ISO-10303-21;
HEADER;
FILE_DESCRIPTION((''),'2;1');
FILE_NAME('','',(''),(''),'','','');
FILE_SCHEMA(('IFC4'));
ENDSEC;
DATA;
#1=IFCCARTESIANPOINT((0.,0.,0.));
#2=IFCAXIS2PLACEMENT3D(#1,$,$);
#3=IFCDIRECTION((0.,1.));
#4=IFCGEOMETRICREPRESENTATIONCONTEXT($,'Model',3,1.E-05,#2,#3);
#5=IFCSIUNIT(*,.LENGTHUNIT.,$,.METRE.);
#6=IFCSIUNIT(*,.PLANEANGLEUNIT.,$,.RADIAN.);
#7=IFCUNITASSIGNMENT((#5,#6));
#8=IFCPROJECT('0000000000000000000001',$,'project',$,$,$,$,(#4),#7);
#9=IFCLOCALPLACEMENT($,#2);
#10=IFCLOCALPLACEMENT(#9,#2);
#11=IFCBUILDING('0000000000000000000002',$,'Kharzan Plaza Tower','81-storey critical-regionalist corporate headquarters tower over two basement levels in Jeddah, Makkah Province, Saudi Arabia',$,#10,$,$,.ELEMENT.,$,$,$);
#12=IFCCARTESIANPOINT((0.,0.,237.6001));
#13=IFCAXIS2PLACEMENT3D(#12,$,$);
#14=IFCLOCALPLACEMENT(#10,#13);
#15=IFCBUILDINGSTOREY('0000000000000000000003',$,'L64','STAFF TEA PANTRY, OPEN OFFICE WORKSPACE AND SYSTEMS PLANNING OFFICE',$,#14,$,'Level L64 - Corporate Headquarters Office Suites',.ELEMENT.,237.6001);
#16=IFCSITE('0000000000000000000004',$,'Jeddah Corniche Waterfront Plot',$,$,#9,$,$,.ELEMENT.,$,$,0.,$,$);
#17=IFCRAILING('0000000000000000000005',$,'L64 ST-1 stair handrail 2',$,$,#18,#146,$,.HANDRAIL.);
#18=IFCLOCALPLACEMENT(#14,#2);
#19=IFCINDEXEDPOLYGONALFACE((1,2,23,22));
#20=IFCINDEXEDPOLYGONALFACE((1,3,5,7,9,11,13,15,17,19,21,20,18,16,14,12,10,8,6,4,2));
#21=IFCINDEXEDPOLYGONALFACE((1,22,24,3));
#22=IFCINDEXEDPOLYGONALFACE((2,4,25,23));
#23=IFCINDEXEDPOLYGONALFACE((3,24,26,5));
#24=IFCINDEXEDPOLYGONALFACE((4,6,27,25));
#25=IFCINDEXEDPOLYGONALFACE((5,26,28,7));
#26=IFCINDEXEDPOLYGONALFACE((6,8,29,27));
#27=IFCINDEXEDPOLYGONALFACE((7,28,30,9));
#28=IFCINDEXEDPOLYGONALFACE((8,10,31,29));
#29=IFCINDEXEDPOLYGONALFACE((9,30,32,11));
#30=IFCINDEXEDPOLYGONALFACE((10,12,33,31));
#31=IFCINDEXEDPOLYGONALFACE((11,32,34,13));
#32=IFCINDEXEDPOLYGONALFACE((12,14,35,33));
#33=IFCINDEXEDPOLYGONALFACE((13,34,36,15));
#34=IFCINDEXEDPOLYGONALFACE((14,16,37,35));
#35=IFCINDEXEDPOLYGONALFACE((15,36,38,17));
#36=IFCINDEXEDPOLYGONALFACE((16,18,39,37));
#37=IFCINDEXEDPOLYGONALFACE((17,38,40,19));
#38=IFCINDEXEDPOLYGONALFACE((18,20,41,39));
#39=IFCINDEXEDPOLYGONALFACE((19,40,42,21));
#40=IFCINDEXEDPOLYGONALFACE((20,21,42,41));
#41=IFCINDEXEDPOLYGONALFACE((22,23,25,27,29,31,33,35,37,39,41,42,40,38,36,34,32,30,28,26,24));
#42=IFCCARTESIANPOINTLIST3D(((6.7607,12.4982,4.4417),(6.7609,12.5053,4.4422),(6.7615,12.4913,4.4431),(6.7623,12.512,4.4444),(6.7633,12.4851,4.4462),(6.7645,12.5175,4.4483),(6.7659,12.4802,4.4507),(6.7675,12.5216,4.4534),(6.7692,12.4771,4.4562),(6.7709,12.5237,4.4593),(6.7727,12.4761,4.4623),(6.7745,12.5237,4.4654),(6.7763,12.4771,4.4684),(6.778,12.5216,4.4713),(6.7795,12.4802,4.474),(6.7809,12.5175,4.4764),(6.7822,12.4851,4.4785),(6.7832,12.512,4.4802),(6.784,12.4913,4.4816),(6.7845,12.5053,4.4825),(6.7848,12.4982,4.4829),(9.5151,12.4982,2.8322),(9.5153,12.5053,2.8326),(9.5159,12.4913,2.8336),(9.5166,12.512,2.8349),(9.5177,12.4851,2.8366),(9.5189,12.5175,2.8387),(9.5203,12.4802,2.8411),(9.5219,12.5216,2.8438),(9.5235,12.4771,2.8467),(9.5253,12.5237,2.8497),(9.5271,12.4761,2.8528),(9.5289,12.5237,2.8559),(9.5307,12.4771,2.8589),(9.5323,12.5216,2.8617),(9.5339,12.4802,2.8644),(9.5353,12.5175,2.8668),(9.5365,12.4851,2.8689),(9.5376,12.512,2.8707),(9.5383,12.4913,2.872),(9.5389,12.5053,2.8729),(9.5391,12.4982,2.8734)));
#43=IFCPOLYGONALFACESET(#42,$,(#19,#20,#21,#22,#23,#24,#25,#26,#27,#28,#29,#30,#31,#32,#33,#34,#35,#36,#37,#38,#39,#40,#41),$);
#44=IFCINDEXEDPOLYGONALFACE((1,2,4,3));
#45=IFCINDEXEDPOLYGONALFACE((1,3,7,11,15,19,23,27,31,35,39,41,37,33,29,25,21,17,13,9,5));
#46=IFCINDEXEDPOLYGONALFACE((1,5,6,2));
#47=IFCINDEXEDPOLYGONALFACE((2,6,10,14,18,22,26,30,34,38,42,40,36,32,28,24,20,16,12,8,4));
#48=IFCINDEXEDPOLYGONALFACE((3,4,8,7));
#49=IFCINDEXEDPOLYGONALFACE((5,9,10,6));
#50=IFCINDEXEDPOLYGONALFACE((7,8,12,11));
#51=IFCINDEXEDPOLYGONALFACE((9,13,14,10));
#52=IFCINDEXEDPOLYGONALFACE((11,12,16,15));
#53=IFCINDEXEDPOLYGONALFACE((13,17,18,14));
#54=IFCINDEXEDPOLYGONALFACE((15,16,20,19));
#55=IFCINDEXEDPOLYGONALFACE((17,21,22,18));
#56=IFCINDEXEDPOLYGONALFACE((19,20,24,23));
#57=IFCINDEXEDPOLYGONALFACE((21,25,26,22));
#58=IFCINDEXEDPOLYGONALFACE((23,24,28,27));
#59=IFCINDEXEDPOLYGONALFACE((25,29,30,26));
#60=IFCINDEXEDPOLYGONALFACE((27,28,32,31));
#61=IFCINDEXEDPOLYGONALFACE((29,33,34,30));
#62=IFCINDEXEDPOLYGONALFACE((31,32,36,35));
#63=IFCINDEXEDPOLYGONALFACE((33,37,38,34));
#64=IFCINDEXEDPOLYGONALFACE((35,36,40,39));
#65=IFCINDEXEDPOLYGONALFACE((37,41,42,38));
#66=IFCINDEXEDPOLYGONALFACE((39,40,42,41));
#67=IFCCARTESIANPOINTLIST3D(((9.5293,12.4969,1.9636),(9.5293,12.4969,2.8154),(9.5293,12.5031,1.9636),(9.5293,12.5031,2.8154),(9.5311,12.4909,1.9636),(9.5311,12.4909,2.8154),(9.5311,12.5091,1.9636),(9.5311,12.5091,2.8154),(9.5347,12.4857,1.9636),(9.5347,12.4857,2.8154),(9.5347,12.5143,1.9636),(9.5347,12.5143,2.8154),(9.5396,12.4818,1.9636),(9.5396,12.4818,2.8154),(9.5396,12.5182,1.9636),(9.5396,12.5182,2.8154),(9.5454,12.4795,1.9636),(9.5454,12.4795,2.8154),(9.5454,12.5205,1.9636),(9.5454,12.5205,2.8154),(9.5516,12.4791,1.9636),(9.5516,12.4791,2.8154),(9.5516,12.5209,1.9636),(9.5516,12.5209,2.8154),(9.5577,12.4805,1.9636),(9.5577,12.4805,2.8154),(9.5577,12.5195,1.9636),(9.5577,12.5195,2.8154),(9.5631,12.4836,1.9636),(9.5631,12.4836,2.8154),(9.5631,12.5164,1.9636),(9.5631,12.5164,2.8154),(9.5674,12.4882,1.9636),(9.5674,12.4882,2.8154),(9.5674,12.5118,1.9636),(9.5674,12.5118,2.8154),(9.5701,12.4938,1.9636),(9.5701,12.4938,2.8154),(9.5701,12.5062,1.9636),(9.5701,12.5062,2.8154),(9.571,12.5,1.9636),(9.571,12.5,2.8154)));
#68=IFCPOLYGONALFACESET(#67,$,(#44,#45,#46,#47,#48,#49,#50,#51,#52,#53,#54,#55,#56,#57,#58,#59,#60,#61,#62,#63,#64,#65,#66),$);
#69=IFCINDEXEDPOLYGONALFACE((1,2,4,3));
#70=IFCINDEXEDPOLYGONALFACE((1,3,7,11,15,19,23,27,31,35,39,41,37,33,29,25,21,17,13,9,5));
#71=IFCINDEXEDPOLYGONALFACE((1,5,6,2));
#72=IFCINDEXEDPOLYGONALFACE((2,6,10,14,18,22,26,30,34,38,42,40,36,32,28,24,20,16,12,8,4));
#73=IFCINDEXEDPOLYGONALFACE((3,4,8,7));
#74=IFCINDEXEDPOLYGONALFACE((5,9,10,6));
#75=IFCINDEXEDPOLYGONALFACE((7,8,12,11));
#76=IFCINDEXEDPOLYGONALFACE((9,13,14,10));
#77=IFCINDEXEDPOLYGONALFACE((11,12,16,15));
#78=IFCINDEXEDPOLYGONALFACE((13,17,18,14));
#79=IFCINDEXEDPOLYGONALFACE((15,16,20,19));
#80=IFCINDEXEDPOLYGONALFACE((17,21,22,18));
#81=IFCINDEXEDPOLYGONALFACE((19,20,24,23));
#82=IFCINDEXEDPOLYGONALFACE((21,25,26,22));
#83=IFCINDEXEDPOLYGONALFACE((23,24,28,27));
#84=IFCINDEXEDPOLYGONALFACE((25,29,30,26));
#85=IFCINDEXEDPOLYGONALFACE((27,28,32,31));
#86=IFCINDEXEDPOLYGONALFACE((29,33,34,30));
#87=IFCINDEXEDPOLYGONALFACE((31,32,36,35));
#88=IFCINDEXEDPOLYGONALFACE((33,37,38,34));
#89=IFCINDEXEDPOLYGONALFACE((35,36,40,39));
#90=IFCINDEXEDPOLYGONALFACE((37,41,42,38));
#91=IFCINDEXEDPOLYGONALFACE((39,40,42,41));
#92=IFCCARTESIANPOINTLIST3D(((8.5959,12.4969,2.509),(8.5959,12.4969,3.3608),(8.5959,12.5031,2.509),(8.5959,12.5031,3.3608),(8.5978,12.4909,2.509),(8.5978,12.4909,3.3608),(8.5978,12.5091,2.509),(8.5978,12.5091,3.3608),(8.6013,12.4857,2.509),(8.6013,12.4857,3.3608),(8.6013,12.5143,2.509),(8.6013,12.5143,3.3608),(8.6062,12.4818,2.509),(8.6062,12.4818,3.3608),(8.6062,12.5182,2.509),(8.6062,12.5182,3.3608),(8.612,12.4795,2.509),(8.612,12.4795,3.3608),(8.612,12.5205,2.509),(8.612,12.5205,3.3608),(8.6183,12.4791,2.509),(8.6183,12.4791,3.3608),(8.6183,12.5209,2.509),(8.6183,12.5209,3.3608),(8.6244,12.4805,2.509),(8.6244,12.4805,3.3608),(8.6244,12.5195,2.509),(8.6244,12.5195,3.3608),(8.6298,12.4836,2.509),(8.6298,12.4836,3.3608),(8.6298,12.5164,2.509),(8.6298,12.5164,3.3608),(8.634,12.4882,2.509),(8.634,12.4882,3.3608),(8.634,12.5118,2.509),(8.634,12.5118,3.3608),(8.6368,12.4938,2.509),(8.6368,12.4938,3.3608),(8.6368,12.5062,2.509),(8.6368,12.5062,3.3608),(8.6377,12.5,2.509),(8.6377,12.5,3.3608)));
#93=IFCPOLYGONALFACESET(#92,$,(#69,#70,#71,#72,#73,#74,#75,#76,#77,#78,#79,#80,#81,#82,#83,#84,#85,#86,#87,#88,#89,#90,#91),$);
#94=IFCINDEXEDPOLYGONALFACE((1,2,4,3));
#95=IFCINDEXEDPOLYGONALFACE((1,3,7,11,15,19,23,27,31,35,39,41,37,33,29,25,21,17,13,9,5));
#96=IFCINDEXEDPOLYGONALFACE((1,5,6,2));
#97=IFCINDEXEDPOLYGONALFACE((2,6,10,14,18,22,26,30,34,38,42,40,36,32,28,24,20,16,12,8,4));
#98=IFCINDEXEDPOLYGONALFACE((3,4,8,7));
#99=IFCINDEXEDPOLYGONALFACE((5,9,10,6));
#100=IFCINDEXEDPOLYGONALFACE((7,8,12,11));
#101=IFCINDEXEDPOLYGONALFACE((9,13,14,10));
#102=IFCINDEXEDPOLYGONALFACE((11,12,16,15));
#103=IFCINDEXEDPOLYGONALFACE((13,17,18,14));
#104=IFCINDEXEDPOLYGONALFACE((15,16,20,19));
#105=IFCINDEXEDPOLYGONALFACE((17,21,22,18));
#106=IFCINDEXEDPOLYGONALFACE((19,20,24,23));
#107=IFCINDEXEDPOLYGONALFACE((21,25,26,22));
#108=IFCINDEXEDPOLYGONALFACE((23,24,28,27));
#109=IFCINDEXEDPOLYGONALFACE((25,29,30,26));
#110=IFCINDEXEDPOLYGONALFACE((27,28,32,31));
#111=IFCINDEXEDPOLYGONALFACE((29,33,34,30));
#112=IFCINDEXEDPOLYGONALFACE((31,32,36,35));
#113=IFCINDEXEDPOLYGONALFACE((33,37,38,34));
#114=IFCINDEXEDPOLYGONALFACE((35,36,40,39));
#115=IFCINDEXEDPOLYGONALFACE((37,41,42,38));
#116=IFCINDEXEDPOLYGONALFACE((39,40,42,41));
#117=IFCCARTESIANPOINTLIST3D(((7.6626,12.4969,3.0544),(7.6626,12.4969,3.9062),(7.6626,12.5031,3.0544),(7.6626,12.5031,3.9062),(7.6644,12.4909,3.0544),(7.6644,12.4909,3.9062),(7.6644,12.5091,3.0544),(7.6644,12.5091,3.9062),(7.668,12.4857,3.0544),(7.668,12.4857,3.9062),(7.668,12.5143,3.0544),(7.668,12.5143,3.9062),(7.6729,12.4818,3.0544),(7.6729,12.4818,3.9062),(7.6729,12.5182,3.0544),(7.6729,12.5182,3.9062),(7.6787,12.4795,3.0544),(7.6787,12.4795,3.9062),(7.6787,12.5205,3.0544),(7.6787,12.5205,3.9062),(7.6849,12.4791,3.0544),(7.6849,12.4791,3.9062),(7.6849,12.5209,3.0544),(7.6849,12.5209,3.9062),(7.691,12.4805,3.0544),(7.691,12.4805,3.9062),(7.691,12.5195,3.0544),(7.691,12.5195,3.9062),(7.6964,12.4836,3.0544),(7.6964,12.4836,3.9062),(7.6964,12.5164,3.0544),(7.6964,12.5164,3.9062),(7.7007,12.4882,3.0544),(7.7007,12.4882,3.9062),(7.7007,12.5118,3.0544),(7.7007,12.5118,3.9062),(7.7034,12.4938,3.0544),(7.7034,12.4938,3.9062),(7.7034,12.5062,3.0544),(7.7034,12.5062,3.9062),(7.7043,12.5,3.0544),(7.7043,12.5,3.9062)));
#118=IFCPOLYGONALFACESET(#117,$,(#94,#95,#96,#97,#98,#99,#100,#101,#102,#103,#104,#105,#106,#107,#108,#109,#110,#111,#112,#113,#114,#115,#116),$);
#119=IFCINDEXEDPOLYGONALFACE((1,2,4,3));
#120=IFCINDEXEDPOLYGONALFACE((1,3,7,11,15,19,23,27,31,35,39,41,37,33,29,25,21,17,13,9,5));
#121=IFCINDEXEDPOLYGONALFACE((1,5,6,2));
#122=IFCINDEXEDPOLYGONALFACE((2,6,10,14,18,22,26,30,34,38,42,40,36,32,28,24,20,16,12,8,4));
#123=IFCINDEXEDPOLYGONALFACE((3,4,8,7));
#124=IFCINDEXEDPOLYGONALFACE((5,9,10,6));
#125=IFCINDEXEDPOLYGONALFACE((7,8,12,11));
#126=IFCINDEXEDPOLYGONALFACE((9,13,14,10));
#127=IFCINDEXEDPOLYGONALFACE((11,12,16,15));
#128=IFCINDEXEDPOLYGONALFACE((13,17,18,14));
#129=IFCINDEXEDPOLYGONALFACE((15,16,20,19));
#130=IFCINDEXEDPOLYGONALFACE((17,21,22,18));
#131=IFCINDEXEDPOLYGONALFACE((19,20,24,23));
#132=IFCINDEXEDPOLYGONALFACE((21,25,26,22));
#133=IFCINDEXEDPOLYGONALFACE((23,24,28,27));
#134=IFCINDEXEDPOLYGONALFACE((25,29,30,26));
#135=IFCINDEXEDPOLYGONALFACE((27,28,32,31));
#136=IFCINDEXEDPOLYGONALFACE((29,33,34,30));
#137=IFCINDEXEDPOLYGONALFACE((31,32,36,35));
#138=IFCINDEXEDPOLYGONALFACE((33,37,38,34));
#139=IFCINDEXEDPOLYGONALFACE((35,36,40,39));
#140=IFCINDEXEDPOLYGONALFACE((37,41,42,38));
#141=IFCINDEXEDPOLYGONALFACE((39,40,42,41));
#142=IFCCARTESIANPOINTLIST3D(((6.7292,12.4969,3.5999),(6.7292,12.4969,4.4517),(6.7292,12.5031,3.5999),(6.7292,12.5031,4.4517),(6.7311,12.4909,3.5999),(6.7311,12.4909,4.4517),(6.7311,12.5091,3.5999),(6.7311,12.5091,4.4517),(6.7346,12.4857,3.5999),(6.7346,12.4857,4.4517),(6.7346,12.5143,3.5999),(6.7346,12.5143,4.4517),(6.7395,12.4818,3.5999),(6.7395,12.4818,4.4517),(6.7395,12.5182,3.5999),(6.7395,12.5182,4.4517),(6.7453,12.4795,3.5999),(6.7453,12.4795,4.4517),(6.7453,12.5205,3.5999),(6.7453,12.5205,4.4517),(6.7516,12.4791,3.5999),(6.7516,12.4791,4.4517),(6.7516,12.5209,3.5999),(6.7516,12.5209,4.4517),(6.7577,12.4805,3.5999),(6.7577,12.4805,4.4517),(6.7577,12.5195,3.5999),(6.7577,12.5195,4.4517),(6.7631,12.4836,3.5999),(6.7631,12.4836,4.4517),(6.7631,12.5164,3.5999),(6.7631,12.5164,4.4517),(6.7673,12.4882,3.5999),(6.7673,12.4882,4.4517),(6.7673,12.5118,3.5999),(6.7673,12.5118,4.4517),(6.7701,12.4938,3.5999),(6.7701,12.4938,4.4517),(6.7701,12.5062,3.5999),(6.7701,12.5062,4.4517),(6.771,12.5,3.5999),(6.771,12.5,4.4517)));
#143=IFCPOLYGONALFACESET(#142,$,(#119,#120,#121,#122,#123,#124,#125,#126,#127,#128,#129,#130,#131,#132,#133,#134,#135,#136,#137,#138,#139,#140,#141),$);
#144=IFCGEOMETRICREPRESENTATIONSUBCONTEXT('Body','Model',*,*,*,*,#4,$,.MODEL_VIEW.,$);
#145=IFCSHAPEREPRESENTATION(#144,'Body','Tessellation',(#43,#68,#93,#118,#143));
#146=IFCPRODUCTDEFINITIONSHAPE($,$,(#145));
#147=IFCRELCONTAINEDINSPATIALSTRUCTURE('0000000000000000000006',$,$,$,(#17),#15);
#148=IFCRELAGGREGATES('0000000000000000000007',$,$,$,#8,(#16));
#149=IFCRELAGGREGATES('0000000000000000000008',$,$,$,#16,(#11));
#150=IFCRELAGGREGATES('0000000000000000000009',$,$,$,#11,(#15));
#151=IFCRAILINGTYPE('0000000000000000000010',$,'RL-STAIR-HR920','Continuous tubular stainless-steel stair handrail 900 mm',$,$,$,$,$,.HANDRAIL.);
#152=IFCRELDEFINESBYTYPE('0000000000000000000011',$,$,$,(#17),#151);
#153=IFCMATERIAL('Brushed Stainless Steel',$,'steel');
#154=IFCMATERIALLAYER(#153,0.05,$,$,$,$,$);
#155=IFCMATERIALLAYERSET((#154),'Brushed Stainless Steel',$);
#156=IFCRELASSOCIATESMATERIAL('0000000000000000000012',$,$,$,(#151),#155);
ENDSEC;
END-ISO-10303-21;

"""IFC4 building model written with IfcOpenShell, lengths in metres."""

from ifc_helpers import new_model, si_unit, direction, frame, origin, origin_2d, place, context, subcontext, project, spatial, circle, extrude, source, transform, mapped, material, layer, layer_set, type_object, element, save


model = new_model("IFC4")

# Units and contexts
model_context = context("Model", 3, precision=1e-05, world=origin(), true_north=direction((0.0, 1.0)))
body_context = subcontext(model_context, "Body", "Model", "MODEL_VIEW")
ifc_project = project(units=[si_unit("LENGTHUNIT", "METRE"), si_unit("PLANEANGLEUNIT", "RADIAN")], contexts=[model_context])

# Site, building, storey
site_placement = place(None, origin())
site = spatial("IfcSite", under=ifc_project, at=site_placement, Name="Jeddah Corniche Waterfront Plot", CompositionType="ELEMENT", RefElevation=0.0)
building_placement = place(site_placement, origin())
building = spatial("IfcBuilding", under=site, at=building_placement, Name="Kharzan Plaza Tower", Description="81-storey critical-regionalist corporate headquarters tower over two basement levels in Jeddah, Makkah Province, Saudi Arabia", CompositionType="ELEMENT")
storey_placement = place(building_placement, frame((0.0, 0.0, 237.6001)))
storey = spatial("IfcBuildingStorey", under=building, at=storey_placement, Name="L64", Description="STAFF TEA PANTRY, OPEN OFFICE WORKSPACE AND SYSTEMS PLANNING OFFICE", LongName="Level L64 - Corporate Headquarters Office Suites", CompositionType="ELEMENT", Elevation=237.6001)

# Shared definitions
ifc_material_1 = material(Name="Brushed Stainless Steel", Category="steel")

# Railing
ifc_layer_1 = layer(ifc_material_1, 0.05)
ifc_layer_set_1 = layer_set([ifc_layer_1], Name="Brushed Stainless Steel")
railing_type_1 = type_object("IfcRailingType", Name="RL-STAIR-HR920", Description="Continuous tubular stainless-steel stair handrail 900 mm", PredefinedType="HANDRAIL", material=ifc_layer_set_1)
shared_shape_1 = source(origin(), body_context, "Body", "SweptSolid", [
    extrude(circle(Radius=0.0239, at=origin_2d()), frame((-0.0229, 0.0, 0.8892), z_axis=(-0.863394, 0.0, 0.504531), x_axis=(0.0, -1.0, 0.0)), (0.0, 0.0, 1.0), 3.1902),
    extrude(circle(Radius=0.021, at=origin_2d()), origin(), (0.0, 0.0, 1.0), 0.8518),
    extrude(circle(Radius=0.021, at=origin_2d()), frame((-0.9333, 0.0, 0.5454)), (0.0, 0.0, 1.0), 0.8518),
    extrude(circle(Radius=0.021, at=origin_2d()), frame((-1.8667, 0.0, 1.0908)), (0.0, 0.0, 1.0), 0.8518),
    extrude(circle(Radius=0.021, at=origin_2d()), frame((-2.8, 0.0, 1.6362)), (0.0, 0.0, 1.0), 0.8518),
])
railing_1_placement = place(storey_placement, frame((9.55, 12.5, 1.9636)))
element("IfcRailing", 1, at=railing_1_placement, inside=storey, type_object=railing_type_1, Name="L64 ST-1 stair handrail 2", PredefinedType="HANDRAIL", context=body_context, shape_type="MappedRepresentation", body=[
    mapped(shared_shape_1, transform((0.0, 0.0, 0.0), x_axis=(1.0, 0.0, 0.0), y_axis=(0.0, 1.0, 0.0), z_axis=(0.0, 0.0, 1.0))),
])

save(model, "model.ifc")
